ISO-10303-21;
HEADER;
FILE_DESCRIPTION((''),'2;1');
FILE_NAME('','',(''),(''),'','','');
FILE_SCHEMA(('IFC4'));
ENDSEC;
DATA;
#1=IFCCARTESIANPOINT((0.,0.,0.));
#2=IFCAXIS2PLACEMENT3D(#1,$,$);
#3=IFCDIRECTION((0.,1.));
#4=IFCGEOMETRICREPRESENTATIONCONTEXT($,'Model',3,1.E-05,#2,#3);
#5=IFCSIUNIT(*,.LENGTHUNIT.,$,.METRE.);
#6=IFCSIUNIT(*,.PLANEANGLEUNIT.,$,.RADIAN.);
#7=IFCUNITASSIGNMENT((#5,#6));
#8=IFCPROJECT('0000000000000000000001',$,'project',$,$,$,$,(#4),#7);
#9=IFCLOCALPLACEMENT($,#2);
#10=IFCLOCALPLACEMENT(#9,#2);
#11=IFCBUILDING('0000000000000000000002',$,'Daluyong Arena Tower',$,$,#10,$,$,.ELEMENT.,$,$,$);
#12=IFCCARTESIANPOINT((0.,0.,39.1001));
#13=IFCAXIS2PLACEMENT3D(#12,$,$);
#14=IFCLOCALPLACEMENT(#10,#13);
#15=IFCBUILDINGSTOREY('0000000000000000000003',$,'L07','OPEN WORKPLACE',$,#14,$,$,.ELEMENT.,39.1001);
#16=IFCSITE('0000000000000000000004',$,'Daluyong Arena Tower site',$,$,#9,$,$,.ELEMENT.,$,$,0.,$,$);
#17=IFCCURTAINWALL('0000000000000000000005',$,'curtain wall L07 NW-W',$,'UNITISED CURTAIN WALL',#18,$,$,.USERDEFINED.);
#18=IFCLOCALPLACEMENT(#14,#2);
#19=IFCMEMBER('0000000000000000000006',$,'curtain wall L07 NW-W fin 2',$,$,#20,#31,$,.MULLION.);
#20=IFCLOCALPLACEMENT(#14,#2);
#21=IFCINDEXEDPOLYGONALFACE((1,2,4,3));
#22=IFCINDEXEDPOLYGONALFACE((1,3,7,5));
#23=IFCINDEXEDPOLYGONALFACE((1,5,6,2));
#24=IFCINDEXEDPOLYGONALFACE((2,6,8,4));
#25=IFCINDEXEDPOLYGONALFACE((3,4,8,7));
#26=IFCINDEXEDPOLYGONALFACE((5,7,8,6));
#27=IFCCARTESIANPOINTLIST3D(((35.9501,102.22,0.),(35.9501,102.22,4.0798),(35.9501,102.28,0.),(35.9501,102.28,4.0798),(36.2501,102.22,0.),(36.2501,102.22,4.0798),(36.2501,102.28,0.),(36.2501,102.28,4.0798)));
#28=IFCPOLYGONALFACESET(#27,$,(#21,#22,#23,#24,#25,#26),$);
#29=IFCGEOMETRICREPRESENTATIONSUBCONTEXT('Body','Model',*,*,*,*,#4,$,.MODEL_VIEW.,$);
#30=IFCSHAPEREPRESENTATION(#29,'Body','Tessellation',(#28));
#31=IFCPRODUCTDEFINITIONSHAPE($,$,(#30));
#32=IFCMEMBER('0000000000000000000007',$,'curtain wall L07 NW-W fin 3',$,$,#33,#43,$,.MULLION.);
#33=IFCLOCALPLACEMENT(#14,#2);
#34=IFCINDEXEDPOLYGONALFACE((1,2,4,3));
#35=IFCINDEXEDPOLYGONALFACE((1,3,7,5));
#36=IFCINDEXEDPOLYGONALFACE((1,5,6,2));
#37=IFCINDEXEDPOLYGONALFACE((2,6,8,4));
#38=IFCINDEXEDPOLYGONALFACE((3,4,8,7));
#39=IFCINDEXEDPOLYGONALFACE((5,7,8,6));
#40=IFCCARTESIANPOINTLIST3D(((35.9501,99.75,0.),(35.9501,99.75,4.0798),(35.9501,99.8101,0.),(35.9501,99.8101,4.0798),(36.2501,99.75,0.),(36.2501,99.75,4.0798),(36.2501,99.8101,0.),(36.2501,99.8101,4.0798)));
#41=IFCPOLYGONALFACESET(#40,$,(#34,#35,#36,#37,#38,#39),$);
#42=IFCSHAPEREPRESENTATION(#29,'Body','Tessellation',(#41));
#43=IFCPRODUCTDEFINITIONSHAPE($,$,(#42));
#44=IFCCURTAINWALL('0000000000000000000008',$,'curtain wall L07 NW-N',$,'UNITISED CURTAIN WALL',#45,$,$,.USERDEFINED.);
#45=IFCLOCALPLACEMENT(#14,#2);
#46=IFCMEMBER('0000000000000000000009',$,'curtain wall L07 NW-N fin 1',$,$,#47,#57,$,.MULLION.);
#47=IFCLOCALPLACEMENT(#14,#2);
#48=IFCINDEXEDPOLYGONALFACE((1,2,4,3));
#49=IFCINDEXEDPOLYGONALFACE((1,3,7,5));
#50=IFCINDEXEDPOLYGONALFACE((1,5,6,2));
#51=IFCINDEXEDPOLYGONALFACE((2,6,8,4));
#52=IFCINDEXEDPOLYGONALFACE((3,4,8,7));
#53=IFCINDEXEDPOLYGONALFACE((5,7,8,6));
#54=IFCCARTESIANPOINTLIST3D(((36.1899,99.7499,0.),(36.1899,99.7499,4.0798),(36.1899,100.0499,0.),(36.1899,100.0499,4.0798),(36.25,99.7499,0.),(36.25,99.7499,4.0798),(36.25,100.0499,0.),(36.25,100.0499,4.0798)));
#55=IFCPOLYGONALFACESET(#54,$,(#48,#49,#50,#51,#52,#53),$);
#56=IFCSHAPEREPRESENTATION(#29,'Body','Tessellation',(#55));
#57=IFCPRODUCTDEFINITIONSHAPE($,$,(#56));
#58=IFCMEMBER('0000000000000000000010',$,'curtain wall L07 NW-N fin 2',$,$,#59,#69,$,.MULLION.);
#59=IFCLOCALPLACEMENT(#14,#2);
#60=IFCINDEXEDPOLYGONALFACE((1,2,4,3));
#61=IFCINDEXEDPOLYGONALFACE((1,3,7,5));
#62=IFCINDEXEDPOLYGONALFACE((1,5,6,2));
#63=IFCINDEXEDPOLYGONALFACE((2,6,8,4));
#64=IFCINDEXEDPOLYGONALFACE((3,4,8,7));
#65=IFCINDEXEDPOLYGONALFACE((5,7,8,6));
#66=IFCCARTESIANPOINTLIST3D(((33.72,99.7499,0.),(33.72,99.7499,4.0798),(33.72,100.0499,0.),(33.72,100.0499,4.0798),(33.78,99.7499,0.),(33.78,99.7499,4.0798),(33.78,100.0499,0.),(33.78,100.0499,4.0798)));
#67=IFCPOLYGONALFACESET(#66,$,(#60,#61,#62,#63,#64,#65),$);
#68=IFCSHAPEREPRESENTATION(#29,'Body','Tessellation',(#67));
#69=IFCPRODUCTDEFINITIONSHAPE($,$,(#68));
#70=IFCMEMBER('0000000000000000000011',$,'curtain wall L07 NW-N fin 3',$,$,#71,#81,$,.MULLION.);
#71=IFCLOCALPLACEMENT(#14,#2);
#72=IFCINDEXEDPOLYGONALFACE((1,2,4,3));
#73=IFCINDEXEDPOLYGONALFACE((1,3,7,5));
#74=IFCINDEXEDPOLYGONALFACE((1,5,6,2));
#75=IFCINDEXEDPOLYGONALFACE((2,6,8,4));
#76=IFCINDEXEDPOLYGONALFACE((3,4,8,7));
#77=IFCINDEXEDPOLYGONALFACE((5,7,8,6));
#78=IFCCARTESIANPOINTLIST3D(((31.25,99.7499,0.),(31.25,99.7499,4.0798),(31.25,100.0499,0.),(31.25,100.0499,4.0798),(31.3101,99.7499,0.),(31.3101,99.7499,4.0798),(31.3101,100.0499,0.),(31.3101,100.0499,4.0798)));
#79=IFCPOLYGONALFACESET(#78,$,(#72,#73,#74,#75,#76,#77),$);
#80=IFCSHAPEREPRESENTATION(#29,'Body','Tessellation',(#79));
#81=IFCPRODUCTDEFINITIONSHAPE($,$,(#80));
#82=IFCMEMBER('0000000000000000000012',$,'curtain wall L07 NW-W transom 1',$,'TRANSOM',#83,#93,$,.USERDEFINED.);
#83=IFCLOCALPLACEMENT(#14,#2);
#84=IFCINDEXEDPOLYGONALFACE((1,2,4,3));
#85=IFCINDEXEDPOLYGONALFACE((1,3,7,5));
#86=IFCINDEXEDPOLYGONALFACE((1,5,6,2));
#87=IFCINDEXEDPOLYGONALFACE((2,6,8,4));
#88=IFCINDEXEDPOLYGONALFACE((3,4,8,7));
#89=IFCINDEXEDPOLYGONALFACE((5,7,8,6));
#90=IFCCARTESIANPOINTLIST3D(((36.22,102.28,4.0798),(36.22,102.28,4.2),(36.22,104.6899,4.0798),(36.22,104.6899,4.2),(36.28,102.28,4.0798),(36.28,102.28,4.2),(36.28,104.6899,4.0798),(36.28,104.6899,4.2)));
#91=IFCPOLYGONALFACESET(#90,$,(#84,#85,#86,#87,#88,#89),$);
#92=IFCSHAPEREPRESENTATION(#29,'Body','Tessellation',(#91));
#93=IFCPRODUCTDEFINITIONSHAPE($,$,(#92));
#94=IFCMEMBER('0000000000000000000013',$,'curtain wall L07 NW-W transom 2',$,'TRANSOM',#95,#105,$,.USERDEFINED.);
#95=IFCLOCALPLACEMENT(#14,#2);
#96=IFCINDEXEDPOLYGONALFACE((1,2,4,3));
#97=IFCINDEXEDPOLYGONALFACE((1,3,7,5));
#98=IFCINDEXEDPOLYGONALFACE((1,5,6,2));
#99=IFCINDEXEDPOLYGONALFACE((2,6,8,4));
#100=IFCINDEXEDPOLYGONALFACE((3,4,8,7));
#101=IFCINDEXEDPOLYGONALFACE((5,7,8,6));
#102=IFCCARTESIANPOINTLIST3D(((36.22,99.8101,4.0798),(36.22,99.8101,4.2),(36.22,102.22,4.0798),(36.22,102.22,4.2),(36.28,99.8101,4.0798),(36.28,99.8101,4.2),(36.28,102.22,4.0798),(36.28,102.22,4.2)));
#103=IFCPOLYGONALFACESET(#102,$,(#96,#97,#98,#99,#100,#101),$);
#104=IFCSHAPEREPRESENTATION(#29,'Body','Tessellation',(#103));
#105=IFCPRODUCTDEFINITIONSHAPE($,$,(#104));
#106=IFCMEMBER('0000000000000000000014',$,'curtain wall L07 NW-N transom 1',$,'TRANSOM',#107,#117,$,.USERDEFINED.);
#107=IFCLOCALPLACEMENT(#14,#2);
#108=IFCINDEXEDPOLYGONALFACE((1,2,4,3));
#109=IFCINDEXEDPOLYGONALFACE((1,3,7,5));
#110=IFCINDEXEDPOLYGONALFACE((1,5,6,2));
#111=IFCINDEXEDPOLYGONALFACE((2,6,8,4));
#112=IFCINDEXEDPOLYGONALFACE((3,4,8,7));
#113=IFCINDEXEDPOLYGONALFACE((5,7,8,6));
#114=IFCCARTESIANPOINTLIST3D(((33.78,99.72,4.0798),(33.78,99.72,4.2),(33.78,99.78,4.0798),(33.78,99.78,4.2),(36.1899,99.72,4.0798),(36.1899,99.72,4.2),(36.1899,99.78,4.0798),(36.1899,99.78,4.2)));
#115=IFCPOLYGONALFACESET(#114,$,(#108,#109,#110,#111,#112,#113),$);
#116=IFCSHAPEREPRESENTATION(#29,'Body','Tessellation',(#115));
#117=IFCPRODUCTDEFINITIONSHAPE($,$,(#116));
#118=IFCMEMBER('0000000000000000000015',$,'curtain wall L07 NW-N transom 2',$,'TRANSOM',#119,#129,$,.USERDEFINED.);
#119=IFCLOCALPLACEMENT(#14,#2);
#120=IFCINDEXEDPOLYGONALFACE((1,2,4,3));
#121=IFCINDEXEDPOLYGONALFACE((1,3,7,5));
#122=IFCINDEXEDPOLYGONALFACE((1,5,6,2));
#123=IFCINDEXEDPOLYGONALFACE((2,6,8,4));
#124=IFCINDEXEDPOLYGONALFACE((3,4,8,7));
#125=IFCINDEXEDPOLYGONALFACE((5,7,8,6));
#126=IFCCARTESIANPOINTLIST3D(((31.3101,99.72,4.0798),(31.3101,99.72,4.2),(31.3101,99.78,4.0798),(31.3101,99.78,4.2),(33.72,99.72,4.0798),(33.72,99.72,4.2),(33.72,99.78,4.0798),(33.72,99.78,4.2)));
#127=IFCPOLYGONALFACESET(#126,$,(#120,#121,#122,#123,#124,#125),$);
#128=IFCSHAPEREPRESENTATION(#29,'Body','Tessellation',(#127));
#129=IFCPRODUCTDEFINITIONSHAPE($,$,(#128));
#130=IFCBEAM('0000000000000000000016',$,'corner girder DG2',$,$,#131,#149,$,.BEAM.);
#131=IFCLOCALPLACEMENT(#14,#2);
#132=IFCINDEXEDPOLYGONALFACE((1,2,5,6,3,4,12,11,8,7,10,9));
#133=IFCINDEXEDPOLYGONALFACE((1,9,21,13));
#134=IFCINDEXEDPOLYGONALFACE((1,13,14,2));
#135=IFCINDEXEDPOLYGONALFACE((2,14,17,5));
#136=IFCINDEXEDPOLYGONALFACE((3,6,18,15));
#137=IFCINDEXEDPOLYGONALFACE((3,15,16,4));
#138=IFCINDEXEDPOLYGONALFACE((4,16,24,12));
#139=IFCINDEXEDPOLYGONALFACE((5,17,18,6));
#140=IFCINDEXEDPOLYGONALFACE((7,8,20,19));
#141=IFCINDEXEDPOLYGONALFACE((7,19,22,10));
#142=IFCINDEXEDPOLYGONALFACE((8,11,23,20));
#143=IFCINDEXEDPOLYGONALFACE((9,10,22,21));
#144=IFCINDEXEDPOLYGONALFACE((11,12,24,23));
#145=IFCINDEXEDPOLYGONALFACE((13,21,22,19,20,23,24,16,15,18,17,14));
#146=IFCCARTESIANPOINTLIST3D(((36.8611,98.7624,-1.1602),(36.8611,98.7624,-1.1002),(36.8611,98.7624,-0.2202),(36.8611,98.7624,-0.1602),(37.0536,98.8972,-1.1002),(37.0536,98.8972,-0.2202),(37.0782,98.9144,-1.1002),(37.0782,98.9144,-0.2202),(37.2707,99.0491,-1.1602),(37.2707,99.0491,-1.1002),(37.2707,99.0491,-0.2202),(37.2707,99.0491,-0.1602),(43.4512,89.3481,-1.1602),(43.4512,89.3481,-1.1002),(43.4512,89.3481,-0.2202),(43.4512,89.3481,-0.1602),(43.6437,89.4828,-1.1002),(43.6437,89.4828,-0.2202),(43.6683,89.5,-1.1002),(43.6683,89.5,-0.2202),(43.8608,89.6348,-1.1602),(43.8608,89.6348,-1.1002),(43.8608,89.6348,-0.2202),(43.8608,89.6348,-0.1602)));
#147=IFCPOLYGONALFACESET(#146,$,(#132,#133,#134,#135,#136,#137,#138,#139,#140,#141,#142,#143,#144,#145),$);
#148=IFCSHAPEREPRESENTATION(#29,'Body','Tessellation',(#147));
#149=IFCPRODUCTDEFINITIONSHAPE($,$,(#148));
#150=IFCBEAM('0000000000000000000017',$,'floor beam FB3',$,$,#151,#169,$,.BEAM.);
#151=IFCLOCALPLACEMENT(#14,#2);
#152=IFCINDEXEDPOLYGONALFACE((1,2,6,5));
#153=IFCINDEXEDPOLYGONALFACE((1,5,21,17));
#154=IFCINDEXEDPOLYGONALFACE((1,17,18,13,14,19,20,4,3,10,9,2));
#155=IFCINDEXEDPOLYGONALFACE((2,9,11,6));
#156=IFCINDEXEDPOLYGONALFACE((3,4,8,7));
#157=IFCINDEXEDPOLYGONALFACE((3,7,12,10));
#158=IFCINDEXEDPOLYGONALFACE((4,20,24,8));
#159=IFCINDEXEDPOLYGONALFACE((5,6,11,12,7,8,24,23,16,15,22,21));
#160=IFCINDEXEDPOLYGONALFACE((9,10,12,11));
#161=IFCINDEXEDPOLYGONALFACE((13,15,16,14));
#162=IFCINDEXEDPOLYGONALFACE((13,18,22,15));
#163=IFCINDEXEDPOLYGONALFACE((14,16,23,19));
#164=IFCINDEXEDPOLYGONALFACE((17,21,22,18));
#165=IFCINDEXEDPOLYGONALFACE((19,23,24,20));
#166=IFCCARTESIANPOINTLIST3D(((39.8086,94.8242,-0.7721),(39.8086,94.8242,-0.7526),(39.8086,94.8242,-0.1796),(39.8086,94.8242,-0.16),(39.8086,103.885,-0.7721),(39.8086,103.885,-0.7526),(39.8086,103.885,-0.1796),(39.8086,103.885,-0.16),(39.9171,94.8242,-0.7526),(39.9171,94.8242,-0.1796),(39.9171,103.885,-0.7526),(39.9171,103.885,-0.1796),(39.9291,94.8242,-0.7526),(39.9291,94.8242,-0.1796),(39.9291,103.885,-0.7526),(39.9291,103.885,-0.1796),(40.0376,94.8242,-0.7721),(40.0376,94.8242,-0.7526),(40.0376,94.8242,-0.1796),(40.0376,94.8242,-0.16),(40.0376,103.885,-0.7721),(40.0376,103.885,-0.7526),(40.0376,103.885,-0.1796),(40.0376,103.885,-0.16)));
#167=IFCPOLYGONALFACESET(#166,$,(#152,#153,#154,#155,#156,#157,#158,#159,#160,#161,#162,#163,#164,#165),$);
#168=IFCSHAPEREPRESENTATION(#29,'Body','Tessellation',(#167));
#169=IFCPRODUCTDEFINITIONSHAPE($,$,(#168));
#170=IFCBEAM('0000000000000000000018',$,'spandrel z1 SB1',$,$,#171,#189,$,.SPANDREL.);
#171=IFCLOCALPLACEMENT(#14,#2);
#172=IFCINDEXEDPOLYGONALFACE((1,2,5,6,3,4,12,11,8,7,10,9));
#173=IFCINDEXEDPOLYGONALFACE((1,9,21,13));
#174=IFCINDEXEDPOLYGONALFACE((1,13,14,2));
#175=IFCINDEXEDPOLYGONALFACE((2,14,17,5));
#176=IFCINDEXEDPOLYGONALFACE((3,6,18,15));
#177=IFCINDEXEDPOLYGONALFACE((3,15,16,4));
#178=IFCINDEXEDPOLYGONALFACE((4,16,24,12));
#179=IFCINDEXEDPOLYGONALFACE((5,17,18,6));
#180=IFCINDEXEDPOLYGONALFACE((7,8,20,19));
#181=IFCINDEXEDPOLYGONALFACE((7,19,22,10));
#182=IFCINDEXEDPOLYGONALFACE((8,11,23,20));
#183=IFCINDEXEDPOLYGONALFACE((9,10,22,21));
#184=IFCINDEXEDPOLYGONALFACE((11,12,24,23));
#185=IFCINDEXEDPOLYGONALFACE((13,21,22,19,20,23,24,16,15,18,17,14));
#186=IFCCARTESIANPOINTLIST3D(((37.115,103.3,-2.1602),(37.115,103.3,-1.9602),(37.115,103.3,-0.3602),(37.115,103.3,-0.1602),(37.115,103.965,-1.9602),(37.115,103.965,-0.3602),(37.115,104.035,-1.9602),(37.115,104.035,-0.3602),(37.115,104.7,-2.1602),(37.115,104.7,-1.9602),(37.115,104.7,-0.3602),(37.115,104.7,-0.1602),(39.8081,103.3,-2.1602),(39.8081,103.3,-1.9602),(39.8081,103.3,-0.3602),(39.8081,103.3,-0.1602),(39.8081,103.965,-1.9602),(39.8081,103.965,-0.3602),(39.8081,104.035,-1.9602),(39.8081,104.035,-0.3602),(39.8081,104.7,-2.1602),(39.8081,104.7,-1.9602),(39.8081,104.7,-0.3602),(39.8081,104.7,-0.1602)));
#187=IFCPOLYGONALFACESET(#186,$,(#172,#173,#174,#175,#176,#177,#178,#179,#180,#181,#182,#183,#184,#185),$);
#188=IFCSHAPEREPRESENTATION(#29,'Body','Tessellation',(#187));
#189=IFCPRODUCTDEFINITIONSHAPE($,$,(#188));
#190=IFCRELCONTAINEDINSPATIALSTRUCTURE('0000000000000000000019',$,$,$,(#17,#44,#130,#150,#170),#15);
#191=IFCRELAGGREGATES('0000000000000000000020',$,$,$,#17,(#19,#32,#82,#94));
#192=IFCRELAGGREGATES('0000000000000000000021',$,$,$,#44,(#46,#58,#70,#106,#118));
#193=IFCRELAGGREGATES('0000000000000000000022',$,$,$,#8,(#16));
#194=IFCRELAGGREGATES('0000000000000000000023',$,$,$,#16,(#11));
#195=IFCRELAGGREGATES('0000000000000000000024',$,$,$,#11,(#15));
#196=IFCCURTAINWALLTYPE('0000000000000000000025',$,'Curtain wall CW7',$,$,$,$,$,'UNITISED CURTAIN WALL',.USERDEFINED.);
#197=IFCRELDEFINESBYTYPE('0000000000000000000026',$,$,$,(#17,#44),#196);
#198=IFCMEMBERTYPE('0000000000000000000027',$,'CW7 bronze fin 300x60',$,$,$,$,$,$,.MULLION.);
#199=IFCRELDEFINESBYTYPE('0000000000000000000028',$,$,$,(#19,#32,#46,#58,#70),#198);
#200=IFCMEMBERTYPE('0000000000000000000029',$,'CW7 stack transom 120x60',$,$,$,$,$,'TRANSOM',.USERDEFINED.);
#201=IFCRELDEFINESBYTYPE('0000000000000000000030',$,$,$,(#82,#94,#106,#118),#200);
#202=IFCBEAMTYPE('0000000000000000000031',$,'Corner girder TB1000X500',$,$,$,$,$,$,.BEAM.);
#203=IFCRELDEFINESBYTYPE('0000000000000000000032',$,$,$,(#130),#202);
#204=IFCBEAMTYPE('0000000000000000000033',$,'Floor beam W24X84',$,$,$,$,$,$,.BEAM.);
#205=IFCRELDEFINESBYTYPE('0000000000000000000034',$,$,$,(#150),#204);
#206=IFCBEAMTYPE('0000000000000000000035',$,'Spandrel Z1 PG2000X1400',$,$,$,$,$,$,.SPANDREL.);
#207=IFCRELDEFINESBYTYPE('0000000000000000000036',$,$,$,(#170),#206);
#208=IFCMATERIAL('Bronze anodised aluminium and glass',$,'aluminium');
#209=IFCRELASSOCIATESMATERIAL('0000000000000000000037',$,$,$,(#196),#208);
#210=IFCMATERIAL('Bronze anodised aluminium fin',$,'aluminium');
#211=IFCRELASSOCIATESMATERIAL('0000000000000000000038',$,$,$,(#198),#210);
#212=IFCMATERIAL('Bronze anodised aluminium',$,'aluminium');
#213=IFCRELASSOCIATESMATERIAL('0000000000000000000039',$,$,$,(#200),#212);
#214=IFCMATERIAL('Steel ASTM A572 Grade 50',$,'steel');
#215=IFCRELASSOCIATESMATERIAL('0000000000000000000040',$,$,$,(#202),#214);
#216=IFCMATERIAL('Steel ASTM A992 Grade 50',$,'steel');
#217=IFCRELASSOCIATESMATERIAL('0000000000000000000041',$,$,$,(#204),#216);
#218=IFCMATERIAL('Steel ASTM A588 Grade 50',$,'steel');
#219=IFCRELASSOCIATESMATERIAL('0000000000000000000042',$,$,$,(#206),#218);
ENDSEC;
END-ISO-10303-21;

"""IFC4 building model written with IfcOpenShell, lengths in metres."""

from ifc_helpers import new_model, si_unit, direction, frame, origin, origin_2d, place, context, subcontext, project, spatial, rectangle, i_section, extrude, material, material_profile, profile_set, type_object, element, aggregate, save


model = new_model("IFC4")

# Units and contexts
model_context = context("Model", 3, precision=1e-05, world=origin(), true_north=direction((0.0, 1.0)))
body_context = subcontext(model_context, "Body", "Model", "MODEL_VIEW")
ifc_project = project(units=[si_unit("LENGTHUNIT", "METRE"), si_unit("PLANEANGLEUNIT", "RADIAN")], contexts=[model_context])

# Site, building, storey
site_placement = place(None, origin())
site = spatial("IfcSite", under=ifc_project, at=site_placement, Name="Daluyong Arena Tower site", CompositionType="ELEMENT", RefElevation=0.0)
building_placement = place(site_placement, origin())
building = spatial("IfcBuilding", under=site, at=building_placement, Name="Daluyong Arena Tower", CompositionType="ELEMENT")
storey_placement = place(building_placement, frame((0.0, 0.0, 39.1001)))
storey = spatial("IfcBuildingStorey", under=building, at=storey_placement, Name="L07", Description="OPEN WORKPLACE", CompositionType="ELEMENT", Elevation=39.1001)

# Curtain walls, members
ifc_material_1 = material(Name="Bronze anodised aluminium and glass", Category="aluminium")
curtain_wall_type_1 = type_object("IfcCurtainWallType", Name="Curtain wall CW7", ElementType="UNITISED CURTAIN WALL", PredefinedType="USERDEFINED", material=ifc_material_1)
curtain_wall_1_placement = place(storey_placement, origin())
curtain_wall_1 = element("IfcCurtainWall", 1, at=curtain_wall_1_placement, inside=storey, type_object=curtain_wall_type_1, Name="curtain wall L07 NW-W", ObjectType="UNITISED CURTAIN WALL", PredefinedType="USERDEFINED")
ifc_material_2 = material(Name="Bronze anodised aluminium fin", Category="aluminium")
ifc_material_profile_1 = material_profile(ifc_material_2, rectangle(XDim=0.3, YDim=0.0601, at=origin_2d()))
ifc_profile_set_1 = profile_set([ifc_material_profile_1], Name="Bronze anodised aluminium fin")
member_type_1 = type_object("IfcMemberType", Name="CW7 bronze fin 300x60", PredefinedType="MULLION", material=ifc_profile_set_1)
member_1_placement = place(storey_placement, frame((36.1001, 102.25, 0.0), z_axis=(0.0, 0.0, 1.0), x_axis=(1.0, 0.0, 0.0)))
member_1 = element("IfcMember", 2, at=member_1_placement, type_object=member_type_1, Name="curtain wall L07 NW-W fin 2", PredefinedType="MULLION", context=body_context, shape_type="SweptSolid", body=[
    extrude(rectangle(XDim=0.3, YDim=0.0601, at=origin_2d()), origin(), (0.0, 0.0, 1.0), 4.0798),
])
member_2_placement = place(storey_placement, frame((36.1001, 99.78, 0.0), z_axis=(0.0, 0.0, 1.0), x_axis=(1.0, 0.0, 0.0)))
member_2 = element("IfcMember", 3, at=member_2_placement, type_object=member_type_1, Name="curtain wall L07 NW-W fin 3", PredefinedType="MULLION", context=body_context, shape_type="SweptSolid", body=[
    extrude(rectangle(XDim=0.3, YDim=0.0601, at=origin_2d()), origin(), (0.0, 0.0, 1.0), 4.0798),
])
curtain_wall_2_placement = place(storey_placement, origin())
curtain_wall_2 = element("IfcCurtainWall", 4, at=curtain_wall_2_placement, inside=storey, type_object=curtain_wall_type_1, Name="curtain wall L07 NW-N", ObjectType="UNITISED CURTAIN WALL", PredefinedType="USERDEFINED")
member_3_placement = place(storey_placement, frame((36.22, 99.8999, 0.0), z_axis=(0.0, 0.0, 1.0), x_axis=(0.0, -1.0, 0.0)))
member_3 = element("IfcMember", 5, at=member_3_placement, type_object=member_type_1, Name="curtain wall L07 NW-N fin 1", PredefinedType="MULLION", context=body_context, shape_type="SweptSolid", body=[
    extrude(rectangle(XDim=0.3, YDim=0.0601, at=origin_2d()), origin(), (0.0, 0.0, 1.0), 4.0798),
])
member_4_placement = place(storey_placement, frame((33.75, 99.8999, 0.0), z_axis=(0.0, 0.0, 1.0), x_axis=(0.0, -1.0, 0.0)))
member_4 = element("IfcMember", 6, at=member_4_placement, type_object=member_type_1, Name="curtain wall L07 NW-N fin 2", PredefinedType="MULLION", context=body_context, shape_type="SweptSolid", body=[
    extrude(rectangle(XDim=0.3, YDim=0.0601, at=origin_2d()), origin(), (0.0, 0.0, 1.0), 4.0798),
])
member_5_placement = place(storey_placement, frame((31.28, 99.8999, 0.0), z_axis=(0.0, 0.0, 1.0), x_axis=(0.0, -1.0, 0.0)))
member_5 = element("IfcMember", 7, at=member_5_placement, type_object=member_type_1, Name="curtain wall L07 NW-N fin 3", PredefinedType="MULLION", context=body_context, shape_type="SweptSolid", body=[
    extrude(rectangle(XDim=0.3, YDim=0.0601, at=origin_2d()), origin(), (0.0, 0.0, 1.0), 4.0798),
])

# Members
ifc_material_3 = material(Name="Bronze anodised aluminium", Category="aluminium")
ifc_material_profile_2 = material_profile(ifc_material_3, rectangle(XDim=0.0601, YDim=0.1201, at=origin_2d()))
ifc_profile_set_2 = profile_set([ifc_material_profile_2], Name="Bronze anodised aluminium")
member_type_2 = type_object("IfcMemberType", Name="CW7 stack transom 120x60", ElementType="TRANSOM", PredefinedType="USERDEFINED", material=ifc_profile_set_2)
member_6_placement = place(storey_placement, frame((36.25, 104.6899, 4.1399), z_axis=(0.0, -1.0, 0.0), x_axis=(1.0, 0.0, 0.0)))
member_6 = element("IfcMember", 8, at=member_6_placement, type_object=member_type_2, Name="curtain wall L07 NW-W transom 1", ObjectType="TRANSOM", PredefinedType="USERDEFINED", context=body_context, shape_type="SweptSolid", body=[
    extrude(rectangle(XDim=0.0601, YDim=0.1201, at=origin_2d()), origin(), (0.0, 0.0, 1.0), 2.4099),
])
member_7_placement = place(storey_placement, frame((36.25, 102.22, 4.1399), z_axis=(0.0, -1.0, 0.0), x_axis=(1.0, 0.0, 0.0)))
member_7 = element("IfcMember", 9, at=member_7_placement, type_object=member_type_2, Name="curtain wall L07 NW-W transom 2", ObjectType="TRANSOM", PredefinedType="USERDEFINED", context=body_context, shape_type="SweptSolid", body=[
    extrude(rectangle(XDim=0.0601, YDim=0.1201, at=origin_2d()), origin(), (0.0, 0.0, 1.0), 2.4099),
])
member_8_placement = place(storey_placement, frame((36.1899, 99.75, 4.1399), z_axis=(-1.0, 0.0, 0.0), x_axis=(0.0, -1.0, 0.0)))
member_8 = element("IfcMember", 10, at=member_8_placement, type_object=member_type_2, Name="curtain wall L07 NW-N transom 1", ObjectType="TRANSOM", PredefinedType="USERDEFINED", context=body_context, shape_type="SweptSolid", body=[
    extrude(rectangle(XDim=0.0601, YDim=0.1201, at=origin_2d()), origin(), (0.0, 0.0, 1.0), 2.4099),
])
member_9_placement = place(storey_placement, frame((33.72, 99.75, 4.1399), z_axis=(-1.0, 0.0, 0.0), x_axis=(0.0, -1.0, 0.0)))
member_9 = element("IfcMember", 11, at=member_9_placement, type_object=member_type_2, Name="curtain wall L07 NW-N transom 2", ObjectType="TRANSOM", PredefinedType="USERDEFINED", context=body_context, shape_type="SweptSolid", body=[
    extrude(rectangle(XDim=0.0601, YDim=0.1201, at=origin_2d()), origin(), (0.0, 0.0, 1.0), 2.4099),
])

# Beams
ifc_material_4 = material(Name="Steel ASTM A572 Grade 50", Category="steel")
ifc_material_profile_3 = material_profile(ifc_material_4, i_section(OverallWidth=0.5, OverallDepth=1.0, WebThickness=0.03, FlangeThickness=0.06, at=origin_2d()))
ifc_profile_set_3 = profile_set([ifc_material_profile_3], Name="Steel ASTM A572 Grade 50")
beam_type_1 = type_object("IfcBeamType", Name="Corner girder TB1000X500", PredefinedType="BEAM", material=ifc_profile_set_3)
beam_1_placement = place(storey_placement, frame((37.0659, 98.9058, -0.6602), z_axis=(0.573467, -0.819229, 0.0), x_axis=(0.819229, 0.573467, 0.0)))
element("IfcBeam", 12, at=beam_1_placement, inside=storey, type_object=beam_type_1, Name="corner girder DG2", PredefinedType="BEAM", context=body_context, shape_type="SweptSolid", body=[
    extrude(i_section(OverallWidth=0.5, OverallDepth=1.0, WebThickness=0.03, FlangeThickness=0.06, at=origin_2d()), origin(), (0.0, 0.0, 1.0), 11.4917),
])
ifc_material_5 = material(Name="Steel ASTM A992 Grade 50", Category="steel")
ifc_material_profile_4 = material_profile(ifc_material_5, i_section(OverallWidth=0.229, OverallDepth=0.6121, WebThickness=0.012, FlangeThickness=0.0195, at=origin_2d()))
ifc_profile_set_4 = profile_set([ifc_material_profile_4], Name="Steel ASTM A992 Grade 50")
beam_type_2 = type_object("IfcBeamType", Name="Floor beam W24X84", PredefinedType="BEAM", material=ifc_profile_set_4)
beam_2_placement = place(storey_placement, frame((39.9231, 103.885, -0.4661), z_axis=(0.0, -1.0, 0.0), x_axis=(1.0, 0.0, 0.0)))
element("IfcBeam", 13, at=beam_2_placement, inside=storey, type_object=beam_type_2, Name="floor beam FB3", PredefinedType="BEAM", context=body_context, shape_type="SweptSolid", body=[
    extrude(i_section(OverallWidth=0.229, OverallDepth=0.6121, WebThickness=0.012, FlangeThickness=0.0195, at=origin_2d()), origin(), (0.0, 0.0, 1.0), 9.0608),
])
ifc_material_6 = material(Name="Steel ASTM A588 Grade 50", Category="steel")
ifc_material_profile_5 = material_profile(ifc_material_6, i_section(OverallWidth=1.3999, OverallDepth=2.0, WebThickness=0.07, FlangeThickness=0.2, at=origin_2d()))
ifc_profile_set_5 = profile_set([ifc_material_profile_5], Name="Steel ASTM A588 Grade 50")
beam_type_3 = type_object("IfcBeamType", Name="Spandrel Z1 PG2000X1400", PredefinedType="SPANDREL", material=ifc_profile_set_5)
beam_3_placement = place(storey_placement, frame((39.8081, 104.0, -1.1602), z_axis=(-1.0, 0.0, 0.0), x_axis=(0.0, -1.0, 0.0)))
element("IfcBeam", 14, at=beam_3_placement, inside=storey, type_object=beam_type_3, Name="spandrel z1 SB1", PredefinedType="SPANDREL", context=body_context, shape_type="SweptSolid", body=[
    extrude(i_section(OverallWidth=1.3999, OverallDepth=2.0, WebThickness=0.07, FlangeThickness=0.2, at=origin_2d()), origin(), (0.0, 0.0, 1.0), 2.6931),
])

aggregate(curtain_wall_1, [member_1, member_2, member_6, member_7])
aggregate(curtain_wall_2, [member_3, member_4, member_5, member_8, member_9])

save(model, "model.ifc")
